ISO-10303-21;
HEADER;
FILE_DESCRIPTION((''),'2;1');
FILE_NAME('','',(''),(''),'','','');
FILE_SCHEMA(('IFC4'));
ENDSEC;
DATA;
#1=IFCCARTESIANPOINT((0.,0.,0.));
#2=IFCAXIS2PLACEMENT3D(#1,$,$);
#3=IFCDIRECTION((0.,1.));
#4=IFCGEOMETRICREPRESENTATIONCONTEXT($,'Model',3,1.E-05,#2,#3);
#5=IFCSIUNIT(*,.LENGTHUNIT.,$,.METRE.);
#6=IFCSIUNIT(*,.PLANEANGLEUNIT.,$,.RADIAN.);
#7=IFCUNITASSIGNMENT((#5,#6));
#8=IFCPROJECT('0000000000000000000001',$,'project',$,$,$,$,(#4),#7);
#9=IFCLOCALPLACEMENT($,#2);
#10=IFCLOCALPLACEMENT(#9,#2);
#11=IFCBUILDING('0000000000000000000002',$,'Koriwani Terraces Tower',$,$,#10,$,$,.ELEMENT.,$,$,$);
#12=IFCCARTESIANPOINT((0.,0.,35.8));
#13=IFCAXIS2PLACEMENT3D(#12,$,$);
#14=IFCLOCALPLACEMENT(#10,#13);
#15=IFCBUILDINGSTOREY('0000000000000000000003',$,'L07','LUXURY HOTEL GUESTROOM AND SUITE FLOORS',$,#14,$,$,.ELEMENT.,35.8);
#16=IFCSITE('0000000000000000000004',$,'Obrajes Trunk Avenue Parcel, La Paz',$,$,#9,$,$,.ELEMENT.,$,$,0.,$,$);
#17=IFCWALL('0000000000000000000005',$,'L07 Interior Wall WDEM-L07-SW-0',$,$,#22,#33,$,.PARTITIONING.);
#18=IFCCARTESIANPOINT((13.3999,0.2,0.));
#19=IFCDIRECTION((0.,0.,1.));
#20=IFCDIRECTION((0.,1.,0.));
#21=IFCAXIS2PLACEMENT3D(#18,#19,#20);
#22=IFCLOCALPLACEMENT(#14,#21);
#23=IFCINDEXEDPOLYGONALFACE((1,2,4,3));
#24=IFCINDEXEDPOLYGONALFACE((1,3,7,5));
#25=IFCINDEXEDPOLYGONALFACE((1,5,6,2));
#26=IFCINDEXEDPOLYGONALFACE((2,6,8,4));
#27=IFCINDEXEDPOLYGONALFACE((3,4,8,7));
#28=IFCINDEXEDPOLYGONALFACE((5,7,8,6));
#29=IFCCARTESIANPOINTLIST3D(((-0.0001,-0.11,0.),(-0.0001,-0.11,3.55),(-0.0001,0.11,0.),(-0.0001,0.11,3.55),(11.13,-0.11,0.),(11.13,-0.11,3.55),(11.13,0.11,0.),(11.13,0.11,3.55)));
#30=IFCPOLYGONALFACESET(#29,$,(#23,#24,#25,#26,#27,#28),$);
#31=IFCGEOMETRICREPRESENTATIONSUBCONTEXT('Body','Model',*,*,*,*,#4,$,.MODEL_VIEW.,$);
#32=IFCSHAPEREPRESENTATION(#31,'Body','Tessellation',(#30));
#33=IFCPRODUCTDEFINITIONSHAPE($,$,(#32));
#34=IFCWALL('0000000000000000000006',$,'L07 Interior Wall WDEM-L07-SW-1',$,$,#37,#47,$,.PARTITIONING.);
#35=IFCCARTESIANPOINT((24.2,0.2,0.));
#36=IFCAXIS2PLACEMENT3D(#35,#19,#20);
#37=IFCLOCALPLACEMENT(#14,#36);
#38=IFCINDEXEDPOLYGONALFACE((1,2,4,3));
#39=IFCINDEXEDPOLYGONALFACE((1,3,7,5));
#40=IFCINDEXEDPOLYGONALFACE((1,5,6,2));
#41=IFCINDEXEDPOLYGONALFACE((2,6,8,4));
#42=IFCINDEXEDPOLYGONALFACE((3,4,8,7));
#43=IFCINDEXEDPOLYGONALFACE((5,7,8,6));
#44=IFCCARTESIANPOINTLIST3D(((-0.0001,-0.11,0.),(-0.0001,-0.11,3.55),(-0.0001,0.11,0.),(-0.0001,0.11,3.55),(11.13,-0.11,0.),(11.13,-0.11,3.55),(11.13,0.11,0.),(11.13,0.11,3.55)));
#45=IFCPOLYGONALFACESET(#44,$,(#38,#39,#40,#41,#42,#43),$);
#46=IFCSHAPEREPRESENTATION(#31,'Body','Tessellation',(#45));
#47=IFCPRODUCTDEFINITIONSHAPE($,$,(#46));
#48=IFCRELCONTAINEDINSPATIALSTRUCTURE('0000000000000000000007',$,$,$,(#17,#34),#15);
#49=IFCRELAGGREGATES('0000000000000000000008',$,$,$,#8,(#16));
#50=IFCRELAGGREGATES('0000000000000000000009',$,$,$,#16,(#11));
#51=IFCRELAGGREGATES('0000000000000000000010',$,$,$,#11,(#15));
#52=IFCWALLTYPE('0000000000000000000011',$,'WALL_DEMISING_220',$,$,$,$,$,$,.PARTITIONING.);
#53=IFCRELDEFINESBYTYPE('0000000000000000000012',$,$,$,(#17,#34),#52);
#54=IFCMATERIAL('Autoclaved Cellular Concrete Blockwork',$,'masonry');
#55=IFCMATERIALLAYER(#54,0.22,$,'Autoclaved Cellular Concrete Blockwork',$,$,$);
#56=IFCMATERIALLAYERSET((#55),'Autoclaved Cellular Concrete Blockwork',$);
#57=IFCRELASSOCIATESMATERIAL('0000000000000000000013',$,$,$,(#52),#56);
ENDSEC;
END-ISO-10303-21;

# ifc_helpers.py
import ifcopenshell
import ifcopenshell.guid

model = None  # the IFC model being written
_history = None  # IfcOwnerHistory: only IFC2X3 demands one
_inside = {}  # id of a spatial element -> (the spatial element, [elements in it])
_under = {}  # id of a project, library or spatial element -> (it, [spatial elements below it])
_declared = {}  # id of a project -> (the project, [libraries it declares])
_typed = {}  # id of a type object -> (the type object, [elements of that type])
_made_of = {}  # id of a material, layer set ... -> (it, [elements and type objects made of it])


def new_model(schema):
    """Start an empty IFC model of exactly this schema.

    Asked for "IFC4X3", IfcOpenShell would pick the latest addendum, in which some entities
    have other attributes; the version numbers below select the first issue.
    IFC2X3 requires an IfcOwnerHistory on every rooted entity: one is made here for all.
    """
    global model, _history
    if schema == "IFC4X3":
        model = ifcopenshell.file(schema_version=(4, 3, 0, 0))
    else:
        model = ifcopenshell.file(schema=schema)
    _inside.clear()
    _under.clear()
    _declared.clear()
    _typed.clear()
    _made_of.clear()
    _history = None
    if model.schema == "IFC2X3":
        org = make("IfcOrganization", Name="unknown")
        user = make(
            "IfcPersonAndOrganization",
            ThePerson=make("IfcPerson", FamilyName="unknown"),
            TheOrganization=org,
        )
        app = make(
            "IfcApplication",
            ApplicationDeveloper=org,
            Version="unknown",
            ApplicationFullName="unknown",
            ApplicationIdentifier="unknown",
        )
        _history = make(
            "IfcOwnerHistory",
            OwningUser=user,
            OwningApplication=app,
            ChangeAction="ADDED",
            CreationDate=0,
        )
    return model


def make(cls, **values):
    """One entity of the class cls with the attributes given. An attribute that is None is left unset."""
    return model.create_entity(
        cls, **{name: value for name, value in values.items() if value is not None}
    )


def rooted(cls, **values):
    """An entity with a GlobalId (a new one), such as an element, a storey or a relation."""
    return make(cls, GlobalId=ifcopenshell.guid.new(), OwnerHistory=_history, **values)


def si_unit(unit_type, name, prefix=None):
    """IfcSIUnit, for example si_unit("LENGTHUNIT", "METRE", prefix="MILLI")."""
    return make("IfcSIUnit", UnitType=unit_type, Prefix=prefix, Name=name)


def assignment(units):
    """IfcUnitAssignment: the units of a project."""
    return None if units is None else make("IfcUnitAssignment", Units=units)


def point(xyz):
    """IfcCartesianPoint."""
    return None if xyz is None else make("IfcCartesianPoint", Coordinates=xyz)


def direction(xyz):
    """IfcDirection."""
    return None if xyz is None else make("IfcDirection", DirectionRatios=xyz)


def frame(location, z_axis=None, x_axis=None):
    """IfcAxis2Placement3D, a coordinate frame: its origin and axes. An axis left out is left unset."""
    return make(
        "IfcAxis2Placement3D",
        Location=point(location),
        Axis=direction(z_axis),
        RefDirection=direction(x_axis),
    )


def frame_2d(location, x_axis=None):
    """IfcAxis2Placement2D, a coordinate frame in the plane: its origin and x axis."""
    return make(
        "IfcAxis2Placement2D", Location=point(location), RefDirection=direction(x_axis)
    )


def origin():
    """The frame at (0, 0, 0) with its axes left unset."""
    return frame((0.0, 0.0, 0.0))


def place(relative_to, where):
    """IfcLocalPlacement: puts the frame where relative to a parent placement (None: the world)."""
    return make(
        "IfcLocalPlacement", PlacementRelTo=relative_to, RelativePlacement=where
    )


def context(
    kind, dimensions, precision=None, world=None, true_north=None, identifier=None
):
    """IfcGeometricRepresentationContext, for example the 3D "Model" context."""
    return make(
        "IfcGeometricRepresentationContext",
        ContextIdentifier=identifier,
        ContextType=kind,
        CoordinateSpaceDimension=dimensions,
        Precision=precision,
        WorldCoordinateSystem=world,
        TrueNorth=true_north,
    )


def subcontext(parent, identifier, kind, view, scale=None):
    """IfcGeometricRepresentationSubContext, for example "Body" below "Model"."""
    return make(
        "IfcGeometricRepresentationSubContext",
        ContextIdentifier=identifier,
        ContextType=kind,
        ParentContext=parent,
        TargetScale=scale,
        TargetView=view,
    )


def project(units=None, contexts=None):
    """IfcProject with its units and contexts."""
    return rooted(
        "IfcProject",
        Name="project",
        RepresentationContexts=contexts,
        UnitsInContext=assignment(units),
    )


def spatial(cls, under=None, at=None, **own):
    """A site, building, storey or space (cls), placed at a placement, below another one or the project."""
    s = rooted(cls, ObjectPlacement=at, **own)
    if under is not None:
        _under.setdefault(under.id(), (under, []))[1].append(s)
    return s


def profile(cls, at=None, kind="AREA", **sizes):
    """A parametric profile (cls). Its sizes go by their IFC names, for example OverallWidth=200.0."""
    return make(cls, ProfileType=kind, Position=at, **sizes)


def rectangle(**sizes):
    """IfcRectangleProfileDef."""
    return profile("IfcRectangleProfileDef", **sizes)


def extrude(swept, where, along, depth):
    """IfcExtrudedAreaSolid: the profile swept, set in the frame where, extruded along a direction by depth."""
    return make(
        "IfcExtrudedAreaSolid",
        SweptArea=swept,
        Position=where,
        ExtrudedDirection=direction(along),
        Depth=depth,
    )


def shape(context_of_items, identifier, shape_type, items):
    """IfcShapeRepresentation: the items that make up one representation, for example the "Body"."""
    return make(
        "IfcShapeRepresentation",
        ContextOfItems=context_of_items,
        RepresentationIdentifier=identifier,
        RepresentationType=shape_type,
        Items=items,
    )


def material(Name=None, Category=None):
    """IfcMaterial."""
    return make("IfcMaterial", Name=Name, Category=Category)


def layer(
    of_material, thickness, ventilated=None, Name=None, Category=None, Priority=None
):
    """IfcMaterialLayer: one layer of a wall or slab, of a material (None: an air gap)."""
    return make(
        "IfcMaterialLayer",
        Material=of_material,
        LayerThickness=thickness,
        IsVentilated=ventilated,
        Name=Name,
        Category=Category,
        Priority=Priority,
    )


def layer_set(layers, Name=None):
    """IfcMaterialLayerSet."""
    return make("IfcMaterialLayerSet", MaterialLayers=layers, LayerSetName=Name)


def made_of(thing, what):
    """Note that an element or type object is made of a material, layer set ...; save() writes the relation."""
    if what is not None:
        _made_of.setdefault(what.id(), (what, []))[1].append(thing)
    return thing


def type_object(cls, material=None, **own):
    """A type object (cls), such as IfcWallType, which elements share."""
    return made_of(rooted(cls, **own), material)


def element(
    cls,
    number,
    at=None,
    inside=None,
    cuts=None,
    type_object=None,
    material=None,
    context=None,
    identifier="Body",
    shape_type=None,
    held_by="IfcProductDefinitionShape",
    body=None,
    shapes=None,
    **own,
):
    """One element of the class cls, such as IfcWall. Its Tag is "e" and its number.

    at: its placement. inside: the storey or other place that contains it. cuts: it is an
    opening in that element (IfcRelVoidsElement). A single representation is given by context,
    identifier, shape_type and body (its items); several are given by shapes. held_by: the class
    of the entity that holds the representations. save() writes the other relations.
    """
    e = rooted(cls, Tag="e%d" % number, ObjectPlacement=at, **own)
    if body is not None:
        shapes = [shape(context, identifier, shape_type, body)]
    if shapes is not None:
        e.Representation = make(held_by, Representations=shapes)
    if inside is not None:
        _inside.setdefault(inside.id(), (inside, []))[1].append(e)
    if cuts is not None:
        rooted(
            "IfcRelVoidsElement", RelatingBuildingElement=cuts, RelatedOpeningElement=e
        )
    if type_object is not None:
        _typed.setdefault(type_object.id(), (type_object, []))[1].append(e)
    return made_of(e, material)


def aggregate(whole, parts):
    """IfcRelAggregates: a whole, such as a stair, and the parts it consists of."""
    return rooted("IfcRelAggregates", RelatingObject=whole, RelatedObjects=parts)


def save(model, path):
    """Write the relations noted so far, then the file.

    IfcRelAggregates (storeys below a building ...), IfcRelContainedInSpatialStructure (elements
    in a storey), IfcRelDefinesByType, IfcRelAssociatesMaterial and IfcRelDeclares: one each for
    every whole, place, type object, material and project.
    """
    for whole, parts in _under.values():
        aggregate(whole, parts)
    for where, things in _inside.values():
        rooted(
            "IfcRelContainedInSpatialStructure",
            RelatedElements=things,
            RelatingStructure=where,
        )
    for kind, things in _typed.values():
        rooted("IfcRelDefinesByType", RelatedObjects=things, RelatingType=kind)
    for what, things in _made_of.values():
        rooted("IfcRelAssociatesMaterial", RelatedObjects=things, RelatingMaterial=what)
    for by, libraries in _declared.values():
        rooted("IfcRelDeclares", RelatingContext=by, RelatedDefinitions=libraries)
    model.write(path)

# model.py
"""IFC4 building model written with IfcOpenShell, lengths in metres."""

from ifc_helpers import new_model, si_unit, direction, frame, frame_2d, origin, place, context, subcontext, project, spatial, rectangle, extrude, material, layer, layer_set, type_object, element, save


model = new_model("IFC4")

# Units and contexts
model_context = context("Model", 3, precision=1e-05, world=origin(), true_north=direction((0.0, 1.0)))
body_context = subcontext(model_context, "Body", "Model", "MODEL_VIEW")
ifc_project = project(units=[si_unit("LENGTHUNIT", "METRE"), si_unit("PLANEANGLEUNIT", "RADIAN")], contexts=[model_context])

# Site, building, storey
site_placement = place(None, origin())
site = spatial("IfcSite", under=ifc_project, at=site_placement, Name="Obrajes Trunk Avenue Parcel, La Paz", CompositionType="ELEMENT", RefElevation=0.0)
building_placement = place(site_placement, origin())
building = spatial("IfcBuilding", under=site, at=building_placement, Name="Koriwani Terraces Tower", CompositionType="ELEMENT")
storey_placement = place(building_placement, frame((0.0, 0.0, 35.8)))
storey = spatial("IfcBuildingStorey", under=building, at=storey_placement, Name="L07", Description="LUXURY HOTEL GUESTROOM AND SUITE FLOORS", CompositionType="ELEMENT", Elevation=35.8)

# Shared definitions
ifc_material_1 = material(Name="Autoclaved Cellular Concrete Blockwork", Category="masonry")

# Walls
ifc_layer_1 = layer(ifc_material_1, 0.22, Name="Autoclaved Cellular Concrete Blockwork")
ifc_layer_set_1 = layer_set([ifc_layer_1], Name="Autoclaved Cellular Concrete Blockwork")
wall_type_1 = type_object("IfcWallType", Name="WALL_DEMISING_220", PredefinedType="PARTITIONING", material=ifc_layer_set_1)
for number, where, z_axis, x_axis, name in (
    (1, (13.3999, 0.2, 0.0), (0.0, 0.0, 1.0), (0.0, 1.0, 0.0), "L07 Interior Wall WDEM-L07-SW-0"),
    (2, (24.2, 0.2, 0.0), (0.0, 0.0, 1.0), (0.0, 1.0, 0.0), "L07 Interior Wall WDEM-L07-SW-1"),
):
    element("IfcWall", number, at=place(storey_placement, frame(where, z_axis=z_axis, x_axis=x_axis)), inside=storey, type_object=wall_type_1, Name=name, PredefinedType="PARTITIONING", context=body_context, shape_type="SweptSolid", body=[
        extrude(rectangle(XDim=11.1301, YDim=0.22, at=frame_2d((5.5649, 0.0))), origin(), (0.0, 0.0, 1.0), 3.55),
    ])

save(model, "model.ifc")
